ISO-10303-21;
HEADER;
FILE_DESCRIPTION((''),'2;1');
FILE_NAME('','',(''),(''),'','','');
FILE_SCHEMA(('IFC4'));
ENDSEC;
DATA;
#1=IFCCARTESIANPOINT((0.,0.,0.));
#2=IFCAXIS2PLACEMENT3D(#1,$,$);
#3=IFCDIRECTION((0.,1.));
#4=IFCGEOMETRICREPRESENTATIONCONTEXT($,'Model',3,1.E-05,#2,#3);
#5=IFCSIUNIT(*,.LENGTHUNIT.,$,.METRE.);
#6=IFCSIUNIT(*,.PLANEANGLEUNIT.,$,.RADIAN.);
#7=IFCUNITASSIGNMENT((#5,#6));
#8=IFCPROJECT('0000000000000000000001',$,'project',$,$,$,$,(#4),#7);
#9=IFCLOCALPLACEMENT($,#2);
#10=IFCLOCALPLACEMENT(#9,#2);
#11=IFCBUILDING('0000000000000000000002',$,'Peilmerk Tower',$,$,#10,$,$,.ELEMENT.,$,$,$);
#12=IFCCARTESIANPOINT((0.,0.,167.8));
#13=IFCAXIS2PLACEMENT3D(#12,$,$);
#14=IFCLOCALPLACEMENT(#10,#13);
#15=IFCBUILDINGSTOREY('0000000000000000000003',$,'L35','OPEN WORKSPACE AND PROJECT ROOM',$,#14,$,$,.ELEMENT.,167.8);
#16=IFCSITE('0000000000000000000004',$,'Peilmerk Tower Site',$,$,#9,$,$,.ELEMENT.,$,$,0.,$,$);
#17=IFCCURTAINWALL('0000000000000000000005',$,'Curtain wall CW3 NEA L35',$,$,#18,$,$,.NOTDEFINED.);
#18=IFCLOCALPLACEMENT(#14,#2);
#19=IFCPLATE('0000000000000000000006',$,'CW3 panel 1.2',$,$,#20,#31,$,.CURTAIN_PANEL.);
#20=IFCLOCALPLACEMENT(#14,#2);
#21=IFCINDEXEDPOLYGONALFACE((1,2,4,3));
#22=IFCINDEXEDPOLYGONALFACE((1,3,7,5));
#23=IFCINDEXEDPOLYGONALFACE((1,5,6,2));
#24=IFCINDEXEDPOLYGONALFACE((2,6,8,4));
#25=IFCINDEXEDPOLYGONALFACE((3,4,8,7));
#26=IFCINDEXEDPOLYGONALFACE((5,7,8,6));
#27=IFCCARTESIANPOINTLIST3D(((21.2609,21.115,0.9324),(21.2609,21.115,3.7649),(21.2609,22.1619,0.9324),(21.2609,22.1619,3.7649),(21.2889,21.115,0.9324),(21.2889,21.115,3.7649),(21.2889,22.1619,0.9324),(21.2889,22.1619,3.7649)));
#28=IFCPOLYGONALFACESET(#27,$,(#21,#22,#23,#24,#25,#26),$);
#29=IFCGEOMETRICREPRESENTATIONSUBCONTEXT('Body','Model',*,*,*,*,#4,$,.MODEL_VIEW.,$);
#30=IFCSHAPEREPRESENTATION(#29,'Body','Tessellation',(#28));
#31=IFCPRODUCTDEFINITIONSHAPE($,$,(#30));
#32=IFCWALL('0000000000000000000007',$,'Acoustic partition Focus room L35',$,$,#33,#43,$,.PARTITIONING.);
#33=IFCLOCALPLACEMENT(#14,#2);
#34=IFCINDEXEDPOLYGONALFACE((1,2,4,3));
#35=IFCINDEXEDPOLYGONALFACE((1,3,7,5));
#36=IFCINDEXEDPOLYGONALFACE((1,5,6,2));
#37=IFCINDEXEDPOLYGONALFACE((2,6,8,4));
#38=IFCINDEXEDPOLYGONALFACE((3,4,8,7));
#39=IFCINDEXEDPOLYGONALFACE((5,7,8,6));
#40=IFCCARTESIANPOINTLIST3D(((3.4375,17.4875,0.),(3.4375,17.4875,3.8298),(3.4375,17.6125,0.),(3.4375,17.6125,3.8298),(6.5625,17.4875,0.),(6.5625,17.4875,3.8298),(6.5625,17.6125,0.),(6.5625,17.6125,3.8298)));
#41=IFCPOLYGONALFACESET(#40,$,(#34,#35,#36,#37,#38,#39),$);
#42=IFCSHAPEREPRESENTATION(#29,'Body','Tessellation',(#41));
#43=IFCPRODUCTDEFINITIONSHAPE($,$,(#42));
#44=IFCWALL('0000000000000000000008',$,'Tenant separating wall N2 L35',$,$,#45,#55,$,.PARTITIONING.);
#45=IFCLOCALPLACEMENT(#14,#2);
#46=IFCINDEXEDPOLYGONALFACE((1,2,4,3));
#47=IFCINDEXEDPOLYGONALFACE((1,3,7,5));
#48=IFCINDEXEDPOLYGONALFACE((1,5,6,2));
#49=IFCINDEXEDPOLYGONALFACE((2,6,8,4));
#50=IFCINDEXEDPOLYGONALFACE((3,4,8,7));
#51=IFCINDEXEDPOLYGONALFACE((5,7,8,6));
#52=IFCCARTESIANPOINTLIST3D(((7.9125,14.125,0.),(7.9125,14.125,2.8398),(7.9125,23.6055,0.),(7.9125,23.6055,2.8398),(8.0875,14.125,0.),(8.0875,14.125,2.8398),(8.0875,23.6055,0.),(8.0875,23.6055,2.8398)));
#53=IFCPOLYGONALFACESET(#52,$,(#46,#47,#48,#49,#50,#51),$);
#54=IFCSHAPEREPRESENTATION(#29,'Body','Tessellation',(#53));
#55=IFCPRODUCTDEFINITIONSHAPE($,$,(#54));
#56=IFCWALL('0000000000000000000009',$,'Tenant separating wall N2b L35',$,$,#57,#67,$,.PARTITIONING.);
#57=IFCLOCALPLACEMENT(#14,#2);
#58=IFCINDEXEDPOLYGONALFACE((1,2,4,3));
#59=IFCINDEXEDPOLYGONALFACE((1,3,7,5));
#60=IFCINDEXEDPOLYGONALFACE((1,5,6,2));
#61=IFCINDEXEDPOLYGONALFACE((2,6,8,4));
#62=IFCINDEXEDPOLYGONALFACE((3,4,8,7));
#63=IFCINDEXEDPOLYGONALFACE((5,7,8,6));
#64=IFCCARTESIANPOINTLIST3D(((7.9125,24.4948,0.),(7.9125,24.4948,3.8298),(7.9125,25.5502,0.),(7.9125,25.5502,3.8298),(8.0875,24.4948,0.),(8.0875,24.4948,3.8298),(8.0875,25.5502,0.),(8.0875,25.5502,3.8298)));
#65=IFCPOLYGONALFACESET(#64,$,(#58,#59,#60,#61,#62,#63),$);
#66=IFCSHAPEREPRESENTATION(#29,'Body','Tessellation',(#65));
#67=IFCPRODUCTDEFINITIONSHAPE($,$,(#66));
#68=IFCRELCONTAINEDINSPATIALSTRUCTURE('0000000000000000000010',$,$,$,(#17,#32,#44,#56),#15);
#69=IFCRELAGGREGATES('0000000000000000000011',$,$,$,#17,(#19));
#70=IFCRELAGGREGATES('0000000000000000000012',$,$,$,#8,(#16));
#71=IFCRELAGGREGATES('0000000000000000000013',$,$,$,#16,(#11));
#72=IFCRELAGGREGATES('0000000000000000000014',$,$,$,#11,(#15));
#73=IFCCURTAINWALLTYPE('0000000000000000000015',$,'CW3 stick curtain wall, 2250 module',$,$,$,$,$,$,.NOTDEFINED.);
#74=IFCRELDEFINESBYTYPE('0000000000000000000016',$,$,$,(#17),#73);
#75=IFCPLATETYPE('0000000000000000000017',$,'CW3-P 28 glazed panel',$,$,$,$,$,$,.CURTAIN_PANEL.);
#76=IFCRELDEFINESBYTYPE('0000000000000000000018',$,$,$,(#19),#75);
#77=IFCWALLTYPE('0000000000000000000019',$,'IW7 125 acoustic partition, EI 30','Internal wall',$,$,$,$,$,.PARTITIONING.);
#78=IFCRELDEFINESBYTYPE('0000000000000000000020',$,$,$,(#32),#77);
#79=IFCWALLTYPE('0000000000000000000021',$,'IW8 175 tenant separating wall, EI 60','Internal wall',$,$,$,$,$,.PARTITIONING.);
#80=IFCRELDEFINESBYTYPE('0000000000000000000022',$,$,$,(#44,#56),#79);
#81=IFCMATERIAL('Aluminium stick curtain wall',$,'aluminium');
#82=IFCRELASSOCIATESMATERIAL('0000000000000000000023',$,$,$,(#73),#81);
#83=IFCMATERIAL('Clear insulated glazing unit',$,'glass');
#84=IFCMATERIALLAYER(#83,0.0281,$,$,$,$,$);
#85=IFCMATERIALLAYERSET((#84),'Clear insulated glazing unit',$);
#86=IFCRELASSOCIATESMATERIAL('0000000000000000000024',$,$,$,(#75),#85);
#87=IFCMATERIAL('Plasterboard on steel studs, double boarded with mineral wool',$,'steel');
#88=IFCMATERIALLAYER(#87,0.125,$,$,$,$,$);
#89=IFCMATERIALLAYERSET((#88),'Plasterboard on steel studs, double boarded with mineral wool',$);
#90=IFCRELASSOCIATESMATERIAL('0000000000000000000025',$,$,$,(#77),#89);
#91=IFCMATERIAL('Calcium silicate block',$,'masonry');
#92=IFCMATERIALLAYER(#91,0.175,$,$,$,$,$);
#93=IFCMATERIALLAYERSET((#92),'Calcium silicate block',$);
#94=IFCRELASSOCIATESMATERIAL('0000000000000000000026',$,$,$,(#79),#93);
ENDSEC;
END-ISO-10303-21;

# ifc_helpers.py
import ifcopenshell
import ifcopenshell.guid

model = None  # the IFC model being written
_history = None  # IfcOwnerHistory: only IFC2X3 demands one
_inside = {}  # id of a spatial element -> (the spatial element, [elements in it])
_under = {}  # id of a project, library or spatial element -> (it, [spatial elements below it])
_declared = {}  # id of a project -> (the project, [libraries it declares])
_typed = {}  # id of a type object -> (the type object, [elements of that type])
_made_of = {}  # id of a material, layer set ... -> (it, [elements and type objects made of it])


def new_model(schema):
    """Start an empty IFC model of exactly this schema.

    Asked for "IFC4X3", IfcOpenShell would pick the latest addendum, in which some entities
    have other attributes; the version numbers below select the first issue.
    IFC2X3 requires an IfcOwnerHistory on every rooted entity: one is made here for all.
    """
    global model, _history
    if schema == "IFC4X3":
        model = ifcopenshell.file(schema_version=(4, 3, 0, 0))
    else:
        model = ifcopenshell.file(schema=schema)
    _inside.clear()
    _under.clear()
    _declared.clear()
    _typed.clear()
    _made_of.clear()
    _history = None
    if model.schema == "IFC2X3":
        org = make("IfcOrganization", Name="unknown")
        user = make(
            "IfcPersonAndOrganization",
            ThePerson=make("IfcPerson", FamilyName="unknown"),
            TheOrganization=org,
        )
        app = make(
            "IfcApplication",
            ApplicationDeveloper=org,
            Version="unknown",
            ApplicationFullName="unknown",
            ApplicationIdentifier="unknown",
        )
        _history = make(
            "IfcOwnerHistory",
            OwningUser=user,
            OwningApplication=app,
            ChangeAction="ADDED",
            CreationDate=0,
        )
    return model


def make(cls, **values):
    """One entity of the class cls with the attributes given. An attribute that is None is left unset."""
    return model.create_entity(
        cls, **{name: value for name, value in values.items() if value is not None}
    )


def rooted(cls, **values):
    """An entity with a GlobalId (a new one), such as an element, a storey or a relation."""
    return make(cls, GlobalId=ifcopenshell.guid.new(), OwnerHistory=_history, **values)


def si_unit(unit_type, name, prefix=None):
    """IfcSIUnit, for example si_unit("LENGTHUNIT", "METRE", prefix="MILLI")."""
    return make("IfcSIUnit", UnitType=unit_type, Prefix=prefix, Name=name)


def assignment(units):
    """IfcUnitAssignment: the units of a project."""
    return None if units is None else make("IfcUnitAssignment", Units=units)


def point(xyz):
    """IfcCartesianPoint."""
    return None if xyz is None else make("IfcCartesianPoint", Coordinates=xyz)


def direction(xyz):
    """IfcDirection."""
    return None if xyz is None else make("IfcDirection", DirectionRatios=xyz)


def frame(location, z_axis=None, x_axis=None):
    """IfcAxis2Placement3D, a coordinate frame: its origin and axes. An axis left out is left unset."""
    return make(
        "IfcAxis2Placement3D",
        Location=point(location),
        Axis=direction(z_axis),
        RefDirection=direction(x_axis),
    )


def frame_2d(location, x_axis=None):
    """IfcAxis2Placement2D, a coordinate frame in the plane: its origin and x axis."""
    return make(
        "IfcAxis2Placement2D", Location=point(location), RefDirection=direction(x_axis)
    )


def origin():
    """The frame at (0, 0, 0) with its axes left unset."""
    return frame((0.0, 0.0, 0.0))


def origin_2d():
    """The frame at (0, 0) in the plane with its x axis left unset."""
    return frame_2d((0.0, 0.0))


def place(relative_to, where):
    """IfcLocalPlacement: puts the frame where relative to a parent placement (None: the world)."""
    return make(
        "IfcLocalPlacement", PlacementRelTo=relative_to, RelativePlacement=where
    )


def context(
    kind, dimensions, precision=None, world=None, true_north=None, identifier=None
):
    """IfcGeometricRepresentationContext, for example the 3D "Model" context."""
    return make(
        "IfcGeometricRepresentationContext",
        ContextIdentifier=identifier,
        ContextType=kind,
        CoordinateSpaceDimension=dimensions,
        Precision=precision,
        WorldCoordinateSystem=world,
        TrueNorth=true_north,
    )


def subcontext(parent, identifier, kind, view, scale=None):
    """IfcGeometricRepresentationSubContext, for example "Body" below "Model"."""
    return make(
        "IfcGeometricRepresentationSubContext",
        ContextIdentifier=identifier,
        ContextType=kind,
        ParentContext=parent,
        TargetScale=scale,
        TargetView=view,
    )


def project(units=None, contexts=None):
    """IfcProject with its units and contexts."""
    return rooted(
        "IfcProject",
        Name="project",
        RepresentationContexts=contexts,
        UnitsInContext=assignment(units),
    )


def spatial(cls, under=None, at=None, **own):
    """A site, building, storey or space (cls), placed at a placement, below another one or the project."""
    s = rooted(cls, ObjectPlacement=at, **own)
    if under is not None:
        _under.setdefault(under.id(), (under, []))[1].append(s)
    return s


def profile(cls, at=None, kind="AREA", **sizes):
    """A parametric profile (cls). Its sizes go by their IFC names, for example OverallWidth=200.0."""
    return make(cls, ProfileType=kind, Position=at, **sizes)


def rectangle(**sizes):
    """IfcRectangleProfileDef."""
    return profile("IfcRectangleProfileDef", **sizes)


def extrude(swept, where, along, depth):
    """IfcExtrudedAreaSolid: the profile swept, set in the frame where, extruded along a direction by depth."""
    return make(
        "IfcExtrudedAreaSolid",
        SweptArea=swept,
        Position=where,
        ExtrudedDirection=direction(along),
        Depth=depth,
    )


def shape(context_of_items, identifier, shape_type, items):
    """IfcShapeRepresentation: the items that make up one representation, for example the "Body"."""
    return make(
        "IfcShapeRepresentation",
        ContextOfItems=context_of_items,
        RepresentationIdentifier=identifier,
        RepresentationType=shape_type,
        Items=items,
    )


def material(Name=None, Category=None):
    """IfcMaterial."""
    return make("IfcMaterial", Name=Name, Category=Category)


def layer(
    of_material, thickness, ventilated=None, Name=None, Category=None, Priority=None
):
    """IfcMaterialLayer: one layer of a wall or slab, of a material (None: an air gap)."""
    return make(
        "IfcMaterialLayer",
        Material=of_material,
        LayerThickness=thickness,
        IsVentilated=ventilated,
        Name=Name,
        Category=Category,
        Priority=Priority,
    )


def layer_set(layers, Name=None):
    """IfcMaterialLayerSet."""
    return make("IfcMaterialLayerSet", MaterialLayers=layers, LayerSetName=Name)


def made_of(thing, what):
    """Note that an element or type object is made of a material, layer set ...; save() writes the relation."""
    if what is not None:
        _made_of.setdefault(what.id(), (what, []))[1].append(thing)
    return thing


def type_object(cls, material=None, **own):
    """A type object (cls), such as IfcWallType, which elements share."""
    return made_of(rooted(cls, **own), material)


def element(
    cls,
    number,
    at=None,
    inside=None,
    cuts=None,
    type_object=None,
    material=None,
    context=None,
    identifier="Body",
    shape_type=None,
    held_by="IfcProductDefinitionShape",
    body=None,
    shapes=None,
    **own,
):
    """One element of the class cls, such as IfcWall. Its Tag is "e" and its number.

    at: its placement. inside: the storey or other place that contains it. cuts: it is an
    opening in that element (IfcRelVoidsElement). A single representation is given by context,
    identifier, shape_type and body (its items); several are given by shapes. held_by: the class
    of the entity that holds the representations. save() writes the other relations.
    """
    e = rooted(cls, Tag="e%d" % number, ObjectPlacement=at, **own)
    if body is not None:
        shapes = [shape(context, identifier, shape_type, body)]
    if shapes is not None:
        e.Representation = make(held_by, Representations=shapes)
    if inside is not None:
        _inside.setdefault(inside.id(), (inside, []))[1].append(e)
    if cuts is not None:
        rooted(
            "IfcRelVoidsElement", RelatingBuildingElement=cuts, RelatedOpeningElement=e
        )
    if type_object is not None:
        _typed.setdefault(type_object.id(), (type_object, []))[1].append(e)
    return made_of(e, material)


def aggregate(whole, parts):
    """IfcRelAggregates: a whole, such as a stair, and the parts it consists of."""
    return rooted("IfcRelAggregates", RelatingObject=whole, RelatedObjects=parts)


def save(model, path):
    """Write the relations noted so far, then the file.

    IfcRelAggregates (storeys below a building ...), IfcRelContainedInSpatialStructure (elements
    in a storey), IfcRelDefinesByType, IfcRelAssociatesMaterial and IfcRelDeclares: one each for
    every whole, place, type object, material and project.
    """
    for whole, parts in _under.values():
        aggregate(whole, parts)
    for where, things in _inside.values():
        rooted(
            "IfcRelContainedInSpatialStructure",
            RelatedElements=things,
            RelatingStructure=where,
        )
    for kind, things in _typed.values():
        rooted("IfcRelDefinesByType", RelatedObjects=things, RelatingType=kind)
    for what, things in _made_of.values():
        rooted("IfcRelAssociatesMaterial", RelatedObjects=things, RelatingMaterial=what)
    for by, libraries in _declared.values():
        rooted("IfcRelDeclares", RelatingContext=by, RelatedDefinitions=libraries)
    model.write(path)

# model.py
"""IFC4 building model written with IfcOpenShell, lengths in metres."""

from ifc_helpers import new_model, si_unit, direction, frame, frame_2d, origin, origin_2d, place, context, subcontext, project, spatial, rectangle, extrude, material, layer, layer_set, type_object, element, aggregate, save


model = new_model("IFC4")

# Units and contexts
model_context = context("Model", 3, precision=1e-05, world=origin(), true_north=direction((0.0, 1.0)))
body_context = subcontext(model_context, "Body", "Model", "MODEL_VIEW")
ifc_project = project(units=[si_unit("LENGTHUNIT", "METRE"), si_unit("PLANEANGLEUNIT", "RADIAN")], contexts=[model_context])

# Site, building, storey
site_placement = place(None, origin())
site = spatial("IfcSite", under=ifc_project, at=site_placement, Name="Peilmerk Tower Site", CompositionType="ELEMENT", RefElevation=0.0)
building_placement = place(site_placement, origin())
building = spatial("IfcBuilding", under=site, at=building_placement, Name="Peilmerk Tower", CompositionType="ELEMENT")
storey_placement = place(building_placement, frame((0.0, 0.0, 167.8)))
storey = spatial("IfcBuildingStorey", under=building, at=storey_placement, Name="L35", Description="OPEN WORKSPACE AND PROJECT ROOM", CompositionType="ELEMENT", Elevation=167.8)

# Curtain wall, plate
ifc_material_1 = material(Name="Aluminium stick curtain wall", Category="aluminium")
curtain_wall_type = type_object("IfcCurtainWallType", Name="CW3 stick curtain wall, 2250 module", PredefinedType="NOTDEFINED", material=ifc_material_1)
curtain_wall_placement = place(storey_placement, origin())
curtain_wall = element("IfcCurtainWall", 1, at=curtain_wall_placement, inside=storey, type_object=curtain_wall_type, Name="Curtain wall CW3 NEA L35", PredefinedType="NOTDEFINED")
ifc_material_2 = material(Name="Clear insulated glazing unit", Category="glass")
ifc_layer_1 = layer(ifc_material_2, 0.0281)
ifc_layer_set_1 = layer_set([ifc_layer_1], Name="Clear insulated glazing unit")
plate_type = type_object("IfcPlateType", Name="CW3-P 28 glazed panel", PredefinedType="CURTAIN_PANEL", material=ifc_layer_set_1)
plate_1_placement = place(storey_placement, frame((21.2749, 21.6384, 0.9324), z_axis=(0.0, 0.0, 1.0), x_axis=(0.0, 1.0, 0.0)))
plate_1 = element("IfcPlate", 2, at=plate_1_placement, type_object=plate_type, Name="CW3 panel 1.2", PredefinedType="CURTAIN_PANEL", context=body_context, shape_type="SweptSolid", body=[
    extrude(rectangle(XDim=1.0469, YDim=0.0281, at=origin_2d()), origin(), (0.0, 0.0, 1.0), 2.8325),
])
aggregate(curtain_wall, [plate_1])

# Walls
ifc_material_3 = material(Name="Plasterboard on steel studs, double boarded with mineral wool", Category="steel")
ifc_layer_2 = layer(ifc_material_3, 0.125)
ifc_layer_set_2 = layer_set([ifc_layer_2], Name="Plasterboard on steel studs, double boarded with mineral wool")
wall_type_1 = type_object("IfcWallType", Name="IW7 125 acoustic partition, EI 30", Description="Internal wall", PredefinedType="PARTITIONING", material=ifc_layer_set_2)
wall_1_placement = place(storey_placement, frame((3.4375, 17.55, 0.0), z_axis=(0.0, 0.0, 1.0), x_axis=(1.0, 0.0, 0.0)))
element("IfcWall", 3, at=wall_1_placement, inside=storey, type_object=wall_type_1, Name="Acoustic partition Focus room L35", PredefinedType="PARTITIONING", context=body_context, shape_type="SweptSolid", body=[
    extrude(rectangle(XDim=3.125, YDim=0.125, at=frame_2d((1.5625, 0.0))), origin(), (0.0, 0.0, 1.0), 3.8298),
])
ifc_material_4 = material(Name="Calcium silicate block", Category="masonry")
ifc_layer_3 = layer(ifc_material_4, 0.175)
ifc_layer_set_3 = layer_set([ifc_layer_3], Name="Calcium silicate block")
wall_type_2 = type_object("IfcWallType", Name="IW8 175 tenant separating wall, EI 60", Description="Internal wall", PredefinedType="PARTITIONING", material=ifc_layer_set_3)
wall_2_placement = place(storey_placement, frame((8.0, 14.125, 0.0), z_axis=(0.0, 0.0, 1.0), x_axis=(0.0, 1.0, 0.0)))
element("IfcWall", 4, at=wall_2_placement, inside=storey, type_object=wall_type_2, Name="Tenant separating wall N2 L35", PredefinedType="PARTITIONING", context=body_context, shape_type="SweptSolid", body=[
    extrude(rectangle(XDim=9.4805, YDim=0.175, at=frame_2d((4.7402, 0.0))), origin(), (0.0, 0.0, 1.0), 2.8398),
])
wall_3_placement = place(storey_placement, frame((8.0, 24.4946, 0.0), z_axis=(0.0, 0.0, 1.0), x_axis=(0.0, 1.0, 0.0)))
element("IfcWall", 5, at=wall_3_placement, inside=storey, type_object=wall_type_2, Name="Tenant separating wall N2b L35", PredefinedType="PARTITIONING", context=body_context, shape_type="SweptSolid", body=[
    extrude(rectangle(XDim=1.0554, YDim=0.175, at=frame_2d((0.5278, 0.0))), origin(), (0.0, 0.0, 1.0), 3.8298),
])

save(model, "model.ifc")
